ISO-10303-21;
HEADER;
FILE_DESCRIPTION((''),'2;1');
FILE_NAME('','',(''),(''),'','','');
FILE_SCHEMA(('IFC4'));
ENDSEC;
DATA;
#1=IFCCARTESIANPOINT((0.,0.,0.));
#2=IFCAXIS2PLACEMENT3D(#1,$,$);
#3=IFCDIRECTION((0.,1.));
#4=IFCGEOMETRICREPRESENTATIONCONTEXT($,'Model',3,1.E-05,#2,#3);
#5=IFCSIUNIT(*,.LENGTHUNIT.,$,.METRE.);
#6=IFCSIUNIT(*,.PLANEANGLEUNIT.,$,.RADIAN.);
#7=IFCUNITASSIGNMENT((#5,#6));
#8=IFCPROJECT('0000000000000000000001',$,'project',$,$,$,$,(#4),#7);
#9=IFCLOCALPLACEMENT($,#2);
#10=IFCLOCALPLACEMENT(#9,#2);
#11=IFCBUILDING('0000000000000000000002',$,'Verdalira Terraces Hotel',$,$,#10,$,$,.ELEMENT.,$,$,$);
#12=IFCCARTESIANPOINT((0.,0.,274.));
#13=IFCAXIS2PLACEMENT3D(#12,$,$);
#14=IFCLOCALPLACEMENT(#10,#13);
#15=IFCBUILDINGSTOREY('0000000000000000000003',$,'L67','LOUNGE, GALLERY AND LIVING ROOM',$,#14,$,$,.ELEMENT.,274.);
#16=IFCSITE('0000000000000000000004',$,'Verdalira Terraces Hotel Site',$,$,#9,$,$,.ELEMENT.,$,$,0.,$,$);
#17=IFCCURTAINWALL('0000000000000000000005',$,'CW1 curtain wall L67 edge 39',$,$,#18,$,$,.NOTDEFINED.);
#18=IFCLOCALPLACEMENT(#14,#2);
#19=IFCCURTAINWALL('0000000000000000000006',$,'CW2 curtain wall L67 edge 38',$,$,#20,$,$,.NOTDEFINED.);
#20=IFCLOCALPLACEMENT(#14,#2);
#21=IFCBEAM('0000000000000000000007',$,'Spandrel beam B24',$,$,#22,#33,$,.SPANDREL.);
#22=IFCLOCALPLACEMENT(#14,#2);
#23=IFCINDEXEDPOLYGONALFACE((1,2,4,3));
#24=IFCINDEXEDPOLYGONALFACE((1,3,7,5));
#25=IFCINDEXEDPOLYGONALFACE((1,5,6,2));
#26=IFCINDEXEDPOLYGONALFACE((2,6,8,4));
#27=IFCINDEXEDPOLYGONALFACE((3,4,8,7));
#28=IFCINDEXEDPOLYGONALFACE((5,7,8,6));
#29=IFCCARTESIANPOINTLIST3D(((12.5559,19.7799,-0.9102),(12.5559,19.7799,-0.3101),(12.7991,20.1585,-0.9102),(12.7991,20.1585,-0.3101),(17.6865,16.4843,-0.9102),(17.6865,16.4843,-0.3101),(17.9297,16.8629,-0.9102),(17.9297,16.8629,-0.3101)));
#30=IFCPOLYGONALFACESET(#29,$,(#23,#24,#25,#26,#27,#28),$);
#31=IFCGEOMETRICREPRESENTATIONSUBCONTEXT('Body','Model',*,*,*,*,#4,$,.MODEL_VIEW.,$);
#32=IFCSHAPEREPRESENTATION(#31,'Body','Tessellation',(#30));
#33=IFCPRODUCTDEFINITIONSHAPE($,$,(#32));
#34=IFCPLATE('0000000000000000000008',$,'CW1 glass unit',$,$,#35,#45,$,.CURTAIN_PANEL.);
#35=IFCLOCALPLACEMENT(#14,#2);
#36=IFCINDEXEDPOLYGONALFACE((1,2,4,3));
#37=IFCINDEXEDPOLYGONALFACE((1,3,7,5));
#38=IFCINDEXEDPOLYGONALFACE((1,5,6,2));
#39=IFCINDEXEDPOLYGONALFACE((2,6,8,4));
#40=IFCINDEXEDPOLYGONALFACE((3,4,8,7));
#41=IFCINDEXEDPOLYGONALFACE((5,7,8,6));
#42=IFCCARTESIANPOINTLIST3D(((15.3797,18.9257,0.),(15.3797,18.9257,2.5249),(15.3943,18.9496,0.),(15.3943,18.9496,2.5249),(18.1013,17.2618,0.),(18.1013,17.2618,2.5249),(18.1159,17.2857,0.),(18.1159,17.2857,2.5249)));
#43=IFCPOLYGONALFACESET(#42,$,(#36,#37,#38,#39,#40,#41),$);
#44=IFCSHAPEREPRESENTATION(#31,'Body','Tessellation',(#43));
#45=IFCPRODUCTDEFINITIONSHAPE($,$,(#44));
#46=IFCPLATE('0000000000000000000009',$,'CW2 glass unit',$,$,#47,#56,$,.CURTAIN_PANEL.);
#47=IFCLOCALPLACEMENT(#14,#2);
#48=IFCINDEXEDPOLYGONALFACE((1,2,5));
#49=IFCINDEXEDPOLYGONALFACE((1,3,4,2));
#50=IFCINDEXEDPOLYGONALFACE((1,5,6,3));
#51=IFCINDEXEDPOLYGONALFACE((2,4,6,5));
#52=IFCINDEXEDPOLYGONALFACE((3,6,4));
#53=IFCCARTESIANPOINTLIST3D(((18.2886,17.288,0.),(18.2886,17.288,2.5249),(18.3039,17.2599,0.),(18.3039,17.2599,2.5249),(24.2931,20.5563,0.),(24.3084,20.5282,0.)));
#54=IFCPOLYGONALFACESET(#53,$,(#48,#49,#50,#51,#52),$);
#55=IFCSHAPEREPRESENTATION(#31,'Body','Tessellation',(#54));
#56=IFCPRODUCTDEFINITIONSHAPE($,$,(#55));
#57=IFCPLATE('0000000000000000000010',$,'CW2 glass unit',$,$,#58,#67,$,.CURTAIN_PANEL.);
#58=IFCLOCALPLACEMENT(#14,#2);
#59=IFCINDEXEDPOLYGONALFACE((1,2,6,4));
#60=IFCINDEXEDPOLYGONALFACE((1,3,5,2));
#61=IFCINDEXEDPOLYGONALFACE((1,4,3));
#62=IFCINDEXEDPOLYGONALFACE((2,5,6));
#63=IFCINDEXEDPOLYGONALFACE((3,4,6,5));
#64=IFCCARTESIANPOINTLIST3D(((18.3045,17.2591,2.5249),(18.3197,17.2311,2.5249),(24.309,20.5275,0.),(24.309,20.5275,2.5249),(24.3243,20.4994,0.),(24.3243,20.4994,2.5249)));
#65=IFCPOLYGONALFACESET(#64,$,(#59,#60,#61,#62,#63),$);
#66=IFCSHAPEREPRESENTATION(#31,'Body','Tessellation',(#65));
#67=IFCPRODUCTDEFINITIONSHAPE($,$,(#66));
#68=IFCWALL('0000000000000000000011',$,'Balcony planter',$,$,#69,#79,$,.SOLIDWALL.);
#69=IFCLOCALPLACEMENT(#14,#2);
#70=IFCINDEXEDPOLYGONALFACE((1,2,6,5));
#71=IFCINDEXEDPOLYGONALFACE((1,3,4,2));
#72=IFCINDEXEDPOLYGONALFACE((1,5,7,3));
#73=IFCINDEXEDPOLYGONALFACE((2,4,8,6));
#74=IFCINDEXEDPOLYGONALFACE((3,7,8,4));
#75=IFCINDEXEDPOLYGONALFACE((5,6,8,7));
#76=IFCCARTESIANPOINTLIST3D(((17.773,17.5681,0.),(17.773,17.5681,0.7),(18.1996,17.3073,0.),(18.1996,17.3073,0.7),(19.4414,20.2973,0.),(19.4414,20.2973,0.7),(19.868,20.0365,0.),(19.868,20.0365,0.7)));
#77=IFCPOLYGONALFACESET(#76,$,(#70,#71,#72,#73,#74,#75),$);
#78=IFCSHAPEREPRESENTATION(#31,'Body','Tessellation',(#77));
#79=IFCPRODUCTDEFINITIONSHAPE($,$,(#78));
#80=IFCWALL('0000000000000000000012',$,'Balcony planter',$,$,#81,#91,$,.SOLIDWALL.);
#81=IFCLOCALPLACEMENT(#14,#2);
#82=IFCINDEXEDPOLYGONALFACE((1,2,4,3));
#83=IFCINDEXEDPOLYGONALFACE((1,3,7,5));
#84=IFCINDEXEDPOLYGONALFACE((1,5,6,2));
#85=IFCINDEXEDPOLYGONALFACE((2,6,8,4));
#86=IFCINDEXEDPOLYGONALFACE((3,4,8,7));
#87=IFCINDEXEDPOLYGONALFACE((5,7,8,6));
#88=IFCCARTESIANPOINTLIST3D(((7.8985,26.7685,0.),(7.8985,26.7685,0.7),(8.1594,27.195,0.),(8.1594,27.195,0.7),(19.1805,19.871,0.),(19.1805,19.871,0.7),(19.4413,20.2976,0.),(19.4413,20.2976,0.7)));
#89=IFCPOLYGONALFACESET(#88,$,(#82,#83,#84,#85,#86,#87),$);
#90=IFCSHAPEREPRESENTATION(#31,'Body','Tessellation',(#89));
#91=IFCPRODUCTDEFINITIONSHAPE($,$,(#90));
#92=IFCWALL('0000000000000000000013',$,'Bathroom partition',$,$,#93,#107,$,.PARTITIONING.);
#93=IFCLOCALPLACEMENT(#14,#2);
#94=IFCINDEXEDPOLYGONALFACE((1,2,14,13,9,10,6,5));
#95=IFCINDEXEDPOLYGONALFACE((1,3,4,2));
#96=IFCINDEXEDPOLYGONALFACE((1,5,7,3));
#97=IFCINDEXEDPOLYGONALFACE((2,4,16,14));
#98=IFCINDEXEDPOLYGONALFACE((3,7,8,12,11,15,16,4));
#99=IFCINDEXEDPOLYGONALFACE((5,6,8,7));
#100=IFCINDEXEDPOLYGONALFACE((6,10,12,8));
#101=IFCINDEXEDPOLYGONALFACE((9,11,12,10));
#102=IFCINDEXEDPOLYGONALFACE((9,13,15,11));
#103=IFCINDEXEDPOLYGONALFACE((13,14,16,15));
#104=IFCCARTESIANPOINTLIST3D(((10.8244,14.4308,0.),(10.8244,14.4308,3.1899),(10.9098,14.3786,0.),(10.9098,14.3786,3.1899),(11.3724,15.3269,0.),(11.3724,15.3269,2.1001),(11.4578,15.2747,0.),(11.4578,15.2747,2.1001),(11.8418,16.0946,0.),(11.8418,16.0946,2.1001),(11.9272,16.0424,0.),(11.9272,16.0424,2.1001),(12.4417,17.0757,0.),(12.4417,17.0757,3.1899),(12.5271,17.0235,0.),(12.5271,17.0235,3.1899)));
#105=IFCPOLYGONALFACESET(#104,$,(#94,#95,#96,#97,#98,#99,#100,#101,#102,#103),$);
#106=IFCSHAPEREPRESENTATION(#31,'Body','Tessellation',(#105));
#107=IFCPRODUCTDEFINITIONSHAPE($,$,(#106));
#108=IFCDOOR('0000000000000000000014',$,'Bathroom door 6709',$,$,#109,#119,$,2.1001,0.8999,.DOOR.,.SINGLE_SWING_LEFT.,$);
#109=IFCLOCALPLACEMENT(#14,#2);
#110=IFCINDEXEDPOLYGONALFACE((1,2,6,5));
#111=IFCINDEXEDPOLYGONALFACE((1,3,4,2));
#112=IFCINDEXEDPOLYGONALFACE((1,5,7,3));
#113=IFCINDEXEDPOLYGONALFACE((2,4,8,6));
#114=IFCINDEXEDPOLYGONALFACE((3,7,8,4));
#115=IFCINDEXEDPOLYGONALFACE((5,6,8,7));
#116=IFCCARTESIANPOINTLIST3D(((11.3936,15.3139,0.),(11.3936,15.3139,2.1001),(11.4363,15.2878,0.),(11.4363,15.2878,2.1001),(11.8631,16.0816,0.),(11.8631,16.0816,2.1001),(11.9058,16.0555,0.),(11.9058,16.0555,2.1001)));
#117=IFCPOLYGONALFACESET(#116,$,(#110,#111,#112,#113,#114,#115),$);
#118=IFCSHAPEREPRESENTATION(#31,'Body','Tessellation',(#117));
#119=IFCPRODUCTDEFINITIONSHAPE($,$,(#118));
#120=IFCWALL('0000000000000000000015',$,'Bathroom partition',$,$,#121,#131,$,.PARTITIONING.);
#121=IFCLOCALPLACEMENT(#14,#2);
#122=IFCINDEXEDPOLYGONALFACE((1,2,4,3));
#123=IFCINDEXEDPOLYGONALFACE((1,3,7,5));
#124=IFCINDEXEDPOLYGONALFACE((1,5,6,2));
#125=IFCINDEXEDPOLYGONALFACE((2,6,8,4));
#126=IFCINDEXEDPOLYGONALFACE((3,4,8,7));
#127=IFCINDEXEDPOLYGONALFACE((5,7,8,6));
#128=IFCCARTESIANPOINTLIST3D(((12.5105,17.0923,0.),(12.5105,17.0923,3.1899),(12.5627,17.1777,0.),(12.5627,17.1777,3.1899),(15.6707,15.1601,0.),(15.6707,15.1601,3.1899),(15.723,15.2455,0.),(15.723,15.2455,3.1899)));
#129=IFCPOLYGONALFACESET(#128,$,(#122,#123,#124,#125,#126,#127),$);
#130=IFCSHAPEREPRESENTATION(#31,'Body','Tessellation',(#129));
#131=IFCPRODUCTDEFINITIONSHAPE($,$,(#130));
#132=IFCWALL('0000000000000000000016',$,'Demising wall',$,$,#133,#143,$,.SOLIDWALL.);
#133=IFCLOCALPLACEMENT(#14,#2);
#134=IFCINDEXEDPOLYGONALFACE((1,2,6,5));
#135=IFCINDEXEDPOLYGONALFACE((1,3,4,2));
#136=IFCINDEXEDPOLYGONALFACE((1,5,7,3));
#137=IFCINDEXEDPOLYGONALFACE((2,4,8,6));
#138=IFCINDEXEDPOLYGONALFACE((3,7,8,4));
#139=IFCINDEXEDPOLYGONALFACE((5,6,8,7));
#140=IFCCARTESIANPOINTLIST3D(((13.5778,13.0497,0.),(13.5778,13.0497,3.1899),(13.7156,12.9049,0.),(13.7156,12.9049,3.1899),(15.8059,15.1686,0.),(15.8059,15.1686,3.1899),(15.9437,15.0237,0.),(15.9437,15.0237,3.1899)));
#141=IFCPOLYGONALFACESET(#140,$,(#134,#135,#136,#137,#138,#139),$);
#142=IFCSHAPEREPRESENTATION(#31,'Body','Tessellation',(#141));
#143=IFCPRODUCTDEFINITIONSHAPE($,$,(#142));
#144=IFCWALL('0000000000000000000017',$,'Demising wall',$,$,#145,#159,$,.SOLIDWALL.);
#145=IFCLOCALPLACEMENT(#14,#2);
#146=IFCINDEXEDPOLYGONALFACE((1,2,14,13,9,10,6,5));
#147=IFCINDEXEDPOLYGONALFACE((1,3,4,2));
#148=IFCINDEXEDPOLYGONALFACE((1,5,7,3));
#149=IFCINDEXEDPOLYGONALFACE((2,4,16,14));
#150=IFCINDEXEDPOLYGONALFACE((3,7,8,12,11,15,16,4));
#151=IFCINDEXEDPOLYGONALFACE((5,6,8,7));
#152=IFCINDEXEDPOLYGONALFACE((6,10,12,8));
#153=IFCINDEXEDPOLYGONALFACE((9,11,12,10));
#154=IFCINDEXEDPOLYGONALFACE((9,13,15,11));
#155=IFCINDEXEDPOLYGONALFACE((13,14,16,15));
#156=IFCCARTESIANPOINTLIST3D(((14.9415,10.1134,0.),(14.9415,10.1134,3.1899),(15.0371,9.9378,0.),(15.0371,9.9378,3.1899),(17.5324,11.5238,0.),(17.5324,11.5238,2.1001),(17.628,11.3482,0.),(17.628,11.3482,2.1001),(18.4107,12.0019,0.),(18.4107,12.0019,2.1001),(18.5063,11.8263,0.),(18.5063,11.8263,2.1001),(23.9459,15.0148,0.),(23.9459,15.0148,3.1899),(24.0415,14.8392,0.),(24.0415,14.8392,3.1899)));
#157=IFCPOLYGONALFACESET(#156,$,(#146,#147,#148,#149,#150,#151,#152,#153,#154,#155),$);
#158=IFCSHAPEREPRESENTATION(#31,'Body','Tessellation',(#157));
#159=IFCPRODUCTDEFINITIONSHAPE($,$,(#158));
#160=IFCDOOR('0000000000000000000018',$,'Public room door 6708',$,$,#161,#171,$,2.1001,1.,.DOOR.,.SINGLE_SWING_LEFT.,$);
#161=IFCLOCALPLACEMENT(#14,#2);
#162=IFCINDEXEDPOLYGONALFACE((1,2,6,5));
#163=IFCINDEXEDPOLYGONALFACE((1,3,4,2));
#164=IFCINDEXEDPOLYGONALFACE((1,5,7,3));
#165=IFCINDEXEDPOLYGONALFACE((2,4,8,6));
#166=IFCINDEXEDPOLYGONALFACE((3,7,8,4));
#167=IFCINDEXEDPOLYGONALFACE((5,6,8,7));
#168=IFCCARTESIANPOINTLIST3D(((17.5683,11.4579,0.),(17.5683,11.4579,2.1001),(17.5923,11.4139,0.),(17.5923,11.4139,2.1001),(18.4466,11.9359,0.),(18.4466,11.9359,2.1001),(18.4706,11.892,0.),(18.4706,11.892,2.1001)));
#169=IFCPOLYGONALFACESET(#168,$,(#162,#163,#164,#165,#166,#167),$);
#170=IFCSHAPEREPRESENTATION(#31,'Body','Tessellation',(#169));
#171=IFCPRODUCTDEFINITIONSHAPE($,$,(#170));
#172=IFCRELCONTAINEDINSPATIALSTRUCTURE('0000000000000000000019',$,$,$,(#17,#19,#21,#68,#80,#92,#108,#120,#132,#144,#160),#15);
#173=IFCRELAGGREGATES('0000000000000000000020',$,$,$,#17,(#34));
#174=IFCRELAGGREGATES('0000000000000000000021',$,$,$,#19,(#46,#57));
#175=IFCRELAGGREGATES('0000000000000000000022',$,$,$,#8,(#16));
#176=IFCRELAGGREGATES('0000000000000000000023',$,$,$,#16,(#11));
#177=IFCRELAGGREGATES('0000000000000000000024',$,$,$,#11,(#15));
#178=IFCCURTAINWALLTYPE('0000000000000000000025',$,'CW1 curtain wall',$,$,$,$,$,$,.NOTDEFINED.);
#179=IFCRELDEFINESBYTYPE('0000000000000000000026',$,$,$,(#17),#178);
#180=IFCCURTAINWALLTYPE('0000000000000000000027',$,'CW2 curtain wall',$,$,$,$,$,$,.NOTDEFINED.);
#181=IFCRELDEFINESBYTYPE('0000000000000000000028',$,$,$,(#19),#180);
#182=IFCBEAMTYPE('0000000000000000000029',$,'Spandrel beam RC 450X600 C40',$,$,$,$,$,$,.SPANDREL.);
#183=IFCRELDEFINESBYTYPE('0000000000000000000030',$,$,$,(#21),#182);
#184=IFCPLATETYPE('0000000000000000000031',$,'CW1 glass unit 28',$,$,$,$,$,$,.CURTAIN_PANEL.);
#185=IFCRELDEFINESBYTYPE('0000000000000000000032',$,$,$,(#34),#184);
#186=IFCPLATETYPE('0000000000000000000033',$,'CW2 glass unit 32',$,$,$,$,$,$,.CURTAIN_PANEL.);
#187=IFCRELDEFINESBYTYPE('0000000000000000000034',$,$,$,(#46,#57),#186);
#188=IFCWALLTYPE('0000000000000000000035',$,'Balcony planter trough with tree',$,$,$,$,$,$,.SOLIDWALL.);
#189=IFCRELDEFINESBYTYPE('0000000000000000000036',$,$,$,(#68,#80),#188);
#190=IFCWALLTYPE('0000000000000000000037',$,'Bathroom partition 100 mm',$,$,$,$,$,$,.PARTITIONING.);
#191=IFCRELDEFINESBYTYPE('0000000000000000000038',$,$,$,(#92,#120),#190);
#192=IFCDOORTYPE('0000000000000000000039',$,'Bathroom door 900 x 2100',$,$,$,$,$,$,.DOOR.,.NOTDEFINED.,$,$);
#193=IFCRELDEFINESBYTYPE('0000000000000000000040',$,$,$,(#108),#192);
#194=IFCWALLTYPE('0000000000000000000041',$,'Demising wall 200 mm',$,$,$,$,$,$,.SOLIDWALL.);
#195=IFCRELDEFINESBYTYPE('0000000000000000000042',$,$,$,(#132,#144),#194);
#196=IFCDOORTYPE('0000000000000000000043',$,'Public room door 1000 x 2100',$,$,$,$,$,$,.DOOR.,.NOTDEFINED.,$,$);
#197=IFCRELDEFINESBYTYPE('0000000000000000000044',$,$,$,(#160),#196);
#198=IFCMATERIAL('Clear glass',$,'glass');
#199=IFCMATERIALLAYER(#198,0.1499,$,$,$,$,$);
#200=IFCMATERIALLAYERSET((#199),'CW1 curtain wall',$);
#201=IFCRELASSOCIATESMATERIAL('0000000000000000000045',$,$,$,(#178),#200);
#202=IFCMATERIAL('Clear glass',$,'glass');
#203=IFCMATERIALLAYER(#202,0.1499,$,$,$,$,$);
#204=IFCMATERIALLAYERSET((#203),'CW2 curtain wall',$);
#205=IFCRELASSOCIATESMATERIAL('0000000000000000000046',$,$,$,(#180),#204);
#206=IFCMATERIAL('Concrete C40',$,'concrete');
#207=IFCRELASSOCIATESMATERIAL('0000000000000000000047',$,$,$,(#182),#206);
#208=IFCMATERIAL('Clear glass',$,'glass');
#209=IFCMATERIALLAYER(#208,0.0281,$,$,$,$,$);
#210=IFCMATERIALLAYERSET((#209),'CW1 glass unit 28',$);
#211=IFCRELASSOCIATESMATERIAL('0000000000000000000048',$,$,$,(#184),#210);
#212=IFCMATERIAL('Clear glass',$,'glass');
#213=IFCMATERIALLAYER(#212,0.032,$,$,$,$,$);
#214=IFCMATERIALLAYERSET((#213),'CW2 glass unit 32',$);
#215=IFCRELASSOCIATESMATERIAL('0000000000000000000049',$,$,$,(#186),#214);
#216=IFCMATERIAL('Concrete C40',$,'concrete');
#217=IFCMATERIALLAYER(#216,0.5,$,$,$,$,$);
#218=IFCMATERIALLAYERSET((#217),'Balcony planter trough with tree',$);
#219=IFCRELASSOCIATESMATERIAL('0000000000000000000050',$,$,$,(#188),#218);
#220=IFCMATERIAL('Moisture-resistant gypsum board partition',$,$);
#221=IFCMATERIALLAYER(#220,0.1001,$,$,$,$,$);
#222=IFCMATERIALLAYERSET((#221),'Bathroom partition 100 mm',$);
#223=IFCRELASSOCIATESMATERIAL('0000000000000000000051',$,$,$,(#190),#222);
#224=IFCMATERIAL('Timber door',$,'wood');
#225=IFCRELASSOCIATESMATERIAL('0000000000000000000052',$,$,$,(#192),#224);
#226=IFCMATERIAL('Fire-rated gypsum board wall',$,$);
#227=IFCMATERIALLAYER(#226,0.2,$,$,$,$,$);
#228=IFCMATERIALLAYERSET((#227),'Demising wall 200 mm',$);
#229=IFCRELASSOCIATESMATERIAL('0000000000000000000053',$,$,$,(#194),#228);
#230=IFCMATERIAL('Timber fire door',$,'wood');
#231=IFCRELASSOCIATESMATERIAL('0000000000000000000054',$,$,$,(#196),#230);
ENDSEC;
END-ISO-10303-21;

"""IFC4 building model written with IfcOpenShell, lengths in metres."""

from ifc_helpers import new_model, si_unit, direction, frame, frame_2d, origin, origin_2d, place, context, subcontext, project, spatial, polyline, rectangle, outline, extrude, material, layer, layer_set, material_profile, profile_set, type_object, element, fill, aggregate, save


model = new_model("IFC4")

# Units and contexts
model_context = context("Model", 3, precision=1e-05, world=origin(), true_north=direction((0.0, 1.0)))
body_context = subcontext(model_context, "Body", "Model", "MODEL_VIEW")
ifc_project = project(units=[si_unit("LENGTHUNIT", "METRE"), si_unit("PLANEANGLEUNIT", "RADIAN")], contexts=[model_context])

# Site, building, storey
site_placement = place(None, origin())
site = spatial("IfcSite", under=ifc_project, at=site_placement, Name="Verdalira Terraces Hotel Site", CompositionType="ELEMENT", RefElevation=0.0)
building_placement = place(site_placement, origin())
building = spatial("IfcBuilding", under=site, at=building_placement, Name="Verdalira Terraces Hotel", CompositionType="ELEMENT")
storey_placement = place(building_placement, frame((0.0, 0.0, 274.0)))
storey = spatial("IfcBuildingStorey", under=building, at=storey_placement, Name="L67", Description="LOUNGE, GALLERY AND LIVING ROOM", CompositionType="ELEMENT", Elevation=274.0)

# Curtain walls
ifc_material_1 = material(Name="Clear glass", Category="glass")
ifc_layer_1 = layer(ifc_material_1, 0.1499)
ifc_layer_set_1 = layer_set([ifc_layer_1], Name="CW1 curtain wall")
curtain_wall_type_1 = type_object("IfcCurtainWallType", Name="CW1 curtain wall", PredefinedType="NOTDEFINED", material=ifc_layer_set_1)
curtain_wall_1_placement = place(storey_placement, origin())
curtain_wall_1 = element("IfcCurtainWall", 1, at=curtain_wall_1_placement, inside=storey, type_object=curtain_wall_type_1, Name="CW1 curtain wall L67 edge 39", PredefinedType="NOTDEFINED")
ifc_material_2 = material(Name="Clear glass", Category="glass")
ifc_layer_2 = layer(ifc_material_2, 0.1499)
ifc_layer_set_2 = layer_set([ifc_layer_2], Name="CW2 curtain wall")
curtain_wall_type_2 = type_object("IfcCurtainWallType", Name="CW2 curtain wall", PredefinedType="NOTDEFINED", material=ifc_layer_set_2)
curtain_wall_2_placement = place(storey_placement, origin())
curtain_wall_2 = element("IfcCurtainWall", 2, at=curtain_wall_2_placement, inside=storey, type_object=curtain_wall_type_2, Name="CW2 curtain wall L67 edge 38", PredefinedType="NOTDEFINED")

# Beam
ifc_material_3 = material(Name="Concrete C40", Category="concrete")
ifc_material_profile_1 = material_profile(ifc_material_3, rectangle(XDim=0.45, YDim=0.6001, at=origin_2d()), Name="RC 450X600")
ifc_profile_set_1 = profile_set([ifc_material_profile_1], Name="Concrete C40")
beam_type_1 = type_object("IfcBeamType", Name="Spandrel beam RC 450X600 C40", PredefinedType="SPANDREL", material=ifc_profile_set_1)
beam_1_placement = place(storey_placement, frame((17.8081, 16.6736, -0.6101), z_axis=(-0.841372, 0.540456, 0.0), x_axis=(-0.540456, -0.841372, 0.0)))
element("IfcBeam", 3, at=beam_1_placement, inside=storey, type_object=beam_type_1, Name="Spandrel beam B24", PredefinedType="SPANDREL", context=body_context, shape_type="SweptSolid", body=[
    extrude(rectangle(XDim=0.45, YDim=0.6001, at=origin_2d()), origin(), (0.0, 0.0, 1.0), 6.0979),
])

# Plates
ifc_material_4 = material(Name="Clear glass", Category="glass")
ifc_layer_3 = layer(ifc_material_4, 0.0281)
ifc_layer_set_3 = layer_set([ifc_layer_3], Name="CW1 glass unit 28")
plate_type_1 = type_object("IfcPlateType", Name="CW1 glass unit 28", PredefinedType="CURTAIN_PANEL", material=ifc_layer_set_3)
plate_1_placement = place(storey_placement, frame((16.7478, 18.1057, 0.0), z_axis=(0.0, 0.0, 1.0), x_axis=(-0.853187, 0.521605, 0.0)))
plate_1 = element("IfcPlate", 4, at=plate_1_placement, type_object=plate_type_1, Name="CW1 glass unit", PredefinedType="CURTAIN_PANEL", context=body_context, shape_type="SweptSolid", body=[
    extrude(rectangle(XDim=3.1899, YDim=0.0281, at=origin_2d()), origin(), (0.0, 0.0, 1.0), 2.5249),
])
aggregate(curtain_wall_1, [plate_1])
ifc_material_5 = material(Name="Clear glass", Category="glass")
ifc_layer_4 = layer(ifc_material_5, 0.032)
ifc_layer_set_4 = layer_set([ifc_layer_4], Name="CW2 glass unit 32")
plate_type_2 = type_object("IfcPlateType", Name="CW2 glass unit 32", PredefinedType="CURTAIN_PANEL", material=ifc_layer_set_4)
plate_2_placement = place(storey_placement, frame((21.3062, 18.894, 1.2625), z_axis=(-0.478079, 0.878317, 0.0), x_axis=(-0.878317, -0.478079, 0.0)))
plate_2 = element("IfcPlate", 5, at=plate_2_placement, type_object=plate_type_2, Name="CW2 glass unit", PredefinedType="CURTAIN_PANEL", context=body_context, shape_type="SweptSolid", body=[
    extrude(outline(polyline([(-3.4182, -1.2625), (3.4182, -1.2625), (3.4182, 1.2625), (-3.4182, -1.2625)])), origin(), (0.0, 0.0, 1.0), 0.032),
])
plate_3_placement = place(storey_placement, frame((21.322, 18.8652, 1.2625), z_axis=(-0.478079, 0.878317, 0.0), x_axis=(-0.878317, -0.478079, 0.0)))
plate_3 = element("IfcPlate", 6, at=plate_3_placement, type_object=plate_type_2, Name="CW2 glass unit", PredefinedType="CURTAIN_PANEL", context=body_context, shape_type="SweptSolid", body=[
    extrude(outline(polyline([(-3.4182, -1.2625), (3.4182, 1.2625), (-3.4182, 1.2625), (-3.4182, -1.2625)])), origin(), (0.0, 0.0, 1.0), 0.032),
])
aggregate(curtain_wall_2, [plate_2, plate_3])

# Walls
ifc_material_6 = material(Name="Concrete C40", Category="concrete")
ifc_layer_5 = layer(ifc_material_6, 0.5)
ifc_layer_set_5 = layer_set([ifc_layer_5], Name="Balcony planter trough with tree")
wall_type_1 = type_object("IfcWallType", Name="Balcony planter trough with tree", PredefinedType="SOLIDWALL", material=ifc_layer_set_5)
wall_1_placement = place(storey_placement, frame((17.9863, 17.4377, 0.0), z_axis=(0.0, 0.0, 1.0), x_axis=(0.521583, 0.853201, 0.0)))
element("IfcWall", 7, at=wall_1_placement, inside=storey, type_object=wall_type_1, Name="Balcony planter", PredefinedType="SOLIDWALL", context=body_context, shape_type="SweptSolid", body=[
    extrude(rectangle(XDim=3.1987, YDim=0.5, at=frame_2d((1.5994, 0.0))), origin(), (0.0, 0.0, 1.0), 0.7),
])
wall_2_placement = place(storey_placement, frame((19.311, 20.0842, 0.0), z_axis=(0.0, 0.0, 1.0), x_axis=(-0.853184, 0.521611, 0.0)))
element("IfcWall", 8, at=wall_2_placement, inside=storey, type_object=wall_type_1, Name="Balcony planter", PredefinedType="SOLIDWALL", context=body_context, shape_type="SweptSolid", body=[
    extrude(rectangle(XDim=13.2234, YDim=0.5, at=frame_2d((6.6118, 0.0))), origin(), (0.0, 0.0, 1.0), 0.7),
])

# Wall, opening, door
ifc_material_7 = material(Name="Moisture-resistant gypsum board partition")
ifc_layer_6 = layer(ifc_material_7, 0.1001)
ifc_layer_set_6 = layer_set([ifc_layer_6], Name="Bathroom partition 100 mm")
wall_type_2 = type_object("IfcWallType", Name="Bathroom partition 100 mm", PredefinedType="PARTITIONING", material=ifc_layer_set_6)
wall_3_placement = place(storey_placement, frame((12.4844, 17.0496, 0.0), z_axis=(0.0, 0.0, 1.0), x_axis=(-0.52167, -0.853147, 0.0)))
wall_3 = element("IfcWall", 9, at=wall_3_placement, inside=storey, type_object=wall_type_2, Name="Bathroom partition", PredefinedType="PARTITIONING", context=body_context, shape_type="SweptSolid", body=[
    extrude(rectangle(XDim=3.1001, YDim=0.1001, at=frame_2d((1.55, 0.0))), origin(), (0.0, 0.0, 1.0), 3.1899),
])
opening_1_placement = place(wall_3_placement, frame((1.1499, 0.0, 0.0)))
opening_1 = element("IfcOpeningElement", 10, at=opening_1_placement, cuts=wall_3, PredefinedType="OPENING", context=body_context, shape_type="SweptSolid", body=[
    extrude(rectangle(XDim=0.8999, YDim=2.1001, at=frame_2d((0.45, 1.05))), frame((0.0, 0.0601, 0.0), z_axis=(0.0, -1.0, 0.0), x_axis=(1.0, 0.0, 0.0)), (0.0, 0.0, 1.0), 0.1201),
])
ifc_material_8 = material(Name="Timber door", Category="wood")
door_type_1 = type_object("IfcDoorType", Name="Bathroom door 900 x 2100", OperationType="NOTDEFINED", PredefinedType="DOOR", material=ifc_material_8)
door_1_placement = place(opening_1_placement, origin())
door_1 = element("IfcDoor", 11, at=door_1_placement, inside=storey, type_object=door_type_1, Name="Bathroom door 6709", OperationType="SINGLE_SWING_LEFT", OverallHeight=2.1001, OverallWidth=0.8999, PredefinedType="DOOR", context=body_context, shape_type="SweptSolid", body=[
    extrude(rectangle(XDim=0.8999, YDim=2.1001, at=frame_2d((0.45, 1.05))), frame((0.0, 0.0249, 0.0), z_axis=(0.0, -1.0, 0.0), x_axis=(1.0, 0.0, 0.0)), (0.0, 0.0, 1.0), 0.05),
])
fill(opening_1, door_1)

# Walls
wall_4_placement = place(storey_placement, frame((12.5366, 17.135, 0.0), z_axis=(0.0, 0.0, 1.0), x_axis=(0.853171, -0.521631, 0.0)))
element("IfcWall", 12, at=wall_4_placement, inside=storey, type_object=wall_type_2, Name="Bathroom partition", PredefinedType="PARTITIONING", context=body_context, shape_type="SweptSolid", body=[
    extrude(rectangle(XDim=3.7041, YDim=0.1001, at=frame_2d((1.8521, 0.0))), origin(), (0.0, 0.0, 1.0), 3.1899),
])
ifc_material_9 = material(Name="Fire-rated gypsum board wall")
ifc_layer_7 = layer(ifc_material_9, 0.2)
ifc_layer_set_7 = layer_set([ifc_layer_7], Name="Demising wall 200 mm")
wall_type_3 = type_object("IfcWallType", Name="Demising wall 200 mm", PredefinedType="SOLIDWALL", material=ifc_layer_set_7)
wall_5_placement = place(storey_placement, frame((13.6467, 12.9773, 0.0), z_axis=(0.0, 0.0, 1.0), x_axis=(0.724631, 0.689138, 0.0)))
element("IfcWall", 13, at=wall_5_placement, inside=storey, type_object=wall_type_3, Name="Demising wall", PredefinedType="SOLIDWALL", context=body_context, shape_type="SweptSolid", body=[
    extrude(rectangle(XDim=3.0747, YDim=0.2, at=frame_2d((1.5374, 0.0))), origin(), (0.0, 0.0, 1.0), 3.1899),
])

# Wall, opening, door
wall_6_placement = place(storey_placement, frame((14.9893, 10.0256, 0.0), z_axis=(0.0, 0.0, 1.0), x_axis=(0.87831, 0.478091, 0.0)))
wall_6 = element("IfcWall", 14, at=wall_6_placement, inside=storey, type_object=wall_type_3, Name="Demising wall", PredefinedType="SOLIDWALL", context=body_context, shape_type="SweptSolid", body=[
    extrude(rectangle(XDim=10.252, YDim=0.2, at=frame_2d((5.126, 0.0))), origin(), (0.0, 0.0, 1.0), 3.1899),
])
opening_2_placement = place(wall_6_placement, frame((2.95, 0.0, 0.0)))
opening_2 = element("IfcOpeningElement", 15, at=opening_2_placement, cuts=wall_6, PredefinedType="OPENING", context=body_context, shape_type="SweptSolid", body=[
    extrude(rectangle(XDim=1.0, YDim=2.1001, at=frame_2d((0.5, 1.05))), frame((0.0, 0.1099, 0.0), z_axis=(0.0, -1.0, 0.0), x_axis=(1.0, 0.0, 0.0)), (0.0, 0.0, 1.0), 0.22),
])
ifc_material_10 = material(Name="Timber fire door", Category="wood")
door_type_2 = type_object("IfcDoorType", Name="Public room door 1000 x 2100", OperationType="NOTDEFINED", PredefinedType="DOOR", material=ifc_material_10)
door_2_placement = place(opening_2_placement, origin())
door_2 = element("IfcDoor", 16, at=door_2_placement, inside=storey, type_object=door_type_2, Name="Public room door 6708", OperationType="SINGLE_SWING_LEFT", OverallHeight=2.1001, OverallWidth=1.0, PredefinedType="DOOR", context=body_context, shape_type="SweptSolid", body=[
    extrude(rectangle(XDim=1.0, YDim=2.1001, at=frame_2d((0.5, 1.05))), frame((0.0, 0.0249, 0.0), z_axis=(0.0, -1.0, 0.0), x_axis=(1.0, 0.0, 0.0)), (0.0, 0.0, 1.0), 0.05),
])
fill(opening_2, door_2)

save(model, "model.ifc")
